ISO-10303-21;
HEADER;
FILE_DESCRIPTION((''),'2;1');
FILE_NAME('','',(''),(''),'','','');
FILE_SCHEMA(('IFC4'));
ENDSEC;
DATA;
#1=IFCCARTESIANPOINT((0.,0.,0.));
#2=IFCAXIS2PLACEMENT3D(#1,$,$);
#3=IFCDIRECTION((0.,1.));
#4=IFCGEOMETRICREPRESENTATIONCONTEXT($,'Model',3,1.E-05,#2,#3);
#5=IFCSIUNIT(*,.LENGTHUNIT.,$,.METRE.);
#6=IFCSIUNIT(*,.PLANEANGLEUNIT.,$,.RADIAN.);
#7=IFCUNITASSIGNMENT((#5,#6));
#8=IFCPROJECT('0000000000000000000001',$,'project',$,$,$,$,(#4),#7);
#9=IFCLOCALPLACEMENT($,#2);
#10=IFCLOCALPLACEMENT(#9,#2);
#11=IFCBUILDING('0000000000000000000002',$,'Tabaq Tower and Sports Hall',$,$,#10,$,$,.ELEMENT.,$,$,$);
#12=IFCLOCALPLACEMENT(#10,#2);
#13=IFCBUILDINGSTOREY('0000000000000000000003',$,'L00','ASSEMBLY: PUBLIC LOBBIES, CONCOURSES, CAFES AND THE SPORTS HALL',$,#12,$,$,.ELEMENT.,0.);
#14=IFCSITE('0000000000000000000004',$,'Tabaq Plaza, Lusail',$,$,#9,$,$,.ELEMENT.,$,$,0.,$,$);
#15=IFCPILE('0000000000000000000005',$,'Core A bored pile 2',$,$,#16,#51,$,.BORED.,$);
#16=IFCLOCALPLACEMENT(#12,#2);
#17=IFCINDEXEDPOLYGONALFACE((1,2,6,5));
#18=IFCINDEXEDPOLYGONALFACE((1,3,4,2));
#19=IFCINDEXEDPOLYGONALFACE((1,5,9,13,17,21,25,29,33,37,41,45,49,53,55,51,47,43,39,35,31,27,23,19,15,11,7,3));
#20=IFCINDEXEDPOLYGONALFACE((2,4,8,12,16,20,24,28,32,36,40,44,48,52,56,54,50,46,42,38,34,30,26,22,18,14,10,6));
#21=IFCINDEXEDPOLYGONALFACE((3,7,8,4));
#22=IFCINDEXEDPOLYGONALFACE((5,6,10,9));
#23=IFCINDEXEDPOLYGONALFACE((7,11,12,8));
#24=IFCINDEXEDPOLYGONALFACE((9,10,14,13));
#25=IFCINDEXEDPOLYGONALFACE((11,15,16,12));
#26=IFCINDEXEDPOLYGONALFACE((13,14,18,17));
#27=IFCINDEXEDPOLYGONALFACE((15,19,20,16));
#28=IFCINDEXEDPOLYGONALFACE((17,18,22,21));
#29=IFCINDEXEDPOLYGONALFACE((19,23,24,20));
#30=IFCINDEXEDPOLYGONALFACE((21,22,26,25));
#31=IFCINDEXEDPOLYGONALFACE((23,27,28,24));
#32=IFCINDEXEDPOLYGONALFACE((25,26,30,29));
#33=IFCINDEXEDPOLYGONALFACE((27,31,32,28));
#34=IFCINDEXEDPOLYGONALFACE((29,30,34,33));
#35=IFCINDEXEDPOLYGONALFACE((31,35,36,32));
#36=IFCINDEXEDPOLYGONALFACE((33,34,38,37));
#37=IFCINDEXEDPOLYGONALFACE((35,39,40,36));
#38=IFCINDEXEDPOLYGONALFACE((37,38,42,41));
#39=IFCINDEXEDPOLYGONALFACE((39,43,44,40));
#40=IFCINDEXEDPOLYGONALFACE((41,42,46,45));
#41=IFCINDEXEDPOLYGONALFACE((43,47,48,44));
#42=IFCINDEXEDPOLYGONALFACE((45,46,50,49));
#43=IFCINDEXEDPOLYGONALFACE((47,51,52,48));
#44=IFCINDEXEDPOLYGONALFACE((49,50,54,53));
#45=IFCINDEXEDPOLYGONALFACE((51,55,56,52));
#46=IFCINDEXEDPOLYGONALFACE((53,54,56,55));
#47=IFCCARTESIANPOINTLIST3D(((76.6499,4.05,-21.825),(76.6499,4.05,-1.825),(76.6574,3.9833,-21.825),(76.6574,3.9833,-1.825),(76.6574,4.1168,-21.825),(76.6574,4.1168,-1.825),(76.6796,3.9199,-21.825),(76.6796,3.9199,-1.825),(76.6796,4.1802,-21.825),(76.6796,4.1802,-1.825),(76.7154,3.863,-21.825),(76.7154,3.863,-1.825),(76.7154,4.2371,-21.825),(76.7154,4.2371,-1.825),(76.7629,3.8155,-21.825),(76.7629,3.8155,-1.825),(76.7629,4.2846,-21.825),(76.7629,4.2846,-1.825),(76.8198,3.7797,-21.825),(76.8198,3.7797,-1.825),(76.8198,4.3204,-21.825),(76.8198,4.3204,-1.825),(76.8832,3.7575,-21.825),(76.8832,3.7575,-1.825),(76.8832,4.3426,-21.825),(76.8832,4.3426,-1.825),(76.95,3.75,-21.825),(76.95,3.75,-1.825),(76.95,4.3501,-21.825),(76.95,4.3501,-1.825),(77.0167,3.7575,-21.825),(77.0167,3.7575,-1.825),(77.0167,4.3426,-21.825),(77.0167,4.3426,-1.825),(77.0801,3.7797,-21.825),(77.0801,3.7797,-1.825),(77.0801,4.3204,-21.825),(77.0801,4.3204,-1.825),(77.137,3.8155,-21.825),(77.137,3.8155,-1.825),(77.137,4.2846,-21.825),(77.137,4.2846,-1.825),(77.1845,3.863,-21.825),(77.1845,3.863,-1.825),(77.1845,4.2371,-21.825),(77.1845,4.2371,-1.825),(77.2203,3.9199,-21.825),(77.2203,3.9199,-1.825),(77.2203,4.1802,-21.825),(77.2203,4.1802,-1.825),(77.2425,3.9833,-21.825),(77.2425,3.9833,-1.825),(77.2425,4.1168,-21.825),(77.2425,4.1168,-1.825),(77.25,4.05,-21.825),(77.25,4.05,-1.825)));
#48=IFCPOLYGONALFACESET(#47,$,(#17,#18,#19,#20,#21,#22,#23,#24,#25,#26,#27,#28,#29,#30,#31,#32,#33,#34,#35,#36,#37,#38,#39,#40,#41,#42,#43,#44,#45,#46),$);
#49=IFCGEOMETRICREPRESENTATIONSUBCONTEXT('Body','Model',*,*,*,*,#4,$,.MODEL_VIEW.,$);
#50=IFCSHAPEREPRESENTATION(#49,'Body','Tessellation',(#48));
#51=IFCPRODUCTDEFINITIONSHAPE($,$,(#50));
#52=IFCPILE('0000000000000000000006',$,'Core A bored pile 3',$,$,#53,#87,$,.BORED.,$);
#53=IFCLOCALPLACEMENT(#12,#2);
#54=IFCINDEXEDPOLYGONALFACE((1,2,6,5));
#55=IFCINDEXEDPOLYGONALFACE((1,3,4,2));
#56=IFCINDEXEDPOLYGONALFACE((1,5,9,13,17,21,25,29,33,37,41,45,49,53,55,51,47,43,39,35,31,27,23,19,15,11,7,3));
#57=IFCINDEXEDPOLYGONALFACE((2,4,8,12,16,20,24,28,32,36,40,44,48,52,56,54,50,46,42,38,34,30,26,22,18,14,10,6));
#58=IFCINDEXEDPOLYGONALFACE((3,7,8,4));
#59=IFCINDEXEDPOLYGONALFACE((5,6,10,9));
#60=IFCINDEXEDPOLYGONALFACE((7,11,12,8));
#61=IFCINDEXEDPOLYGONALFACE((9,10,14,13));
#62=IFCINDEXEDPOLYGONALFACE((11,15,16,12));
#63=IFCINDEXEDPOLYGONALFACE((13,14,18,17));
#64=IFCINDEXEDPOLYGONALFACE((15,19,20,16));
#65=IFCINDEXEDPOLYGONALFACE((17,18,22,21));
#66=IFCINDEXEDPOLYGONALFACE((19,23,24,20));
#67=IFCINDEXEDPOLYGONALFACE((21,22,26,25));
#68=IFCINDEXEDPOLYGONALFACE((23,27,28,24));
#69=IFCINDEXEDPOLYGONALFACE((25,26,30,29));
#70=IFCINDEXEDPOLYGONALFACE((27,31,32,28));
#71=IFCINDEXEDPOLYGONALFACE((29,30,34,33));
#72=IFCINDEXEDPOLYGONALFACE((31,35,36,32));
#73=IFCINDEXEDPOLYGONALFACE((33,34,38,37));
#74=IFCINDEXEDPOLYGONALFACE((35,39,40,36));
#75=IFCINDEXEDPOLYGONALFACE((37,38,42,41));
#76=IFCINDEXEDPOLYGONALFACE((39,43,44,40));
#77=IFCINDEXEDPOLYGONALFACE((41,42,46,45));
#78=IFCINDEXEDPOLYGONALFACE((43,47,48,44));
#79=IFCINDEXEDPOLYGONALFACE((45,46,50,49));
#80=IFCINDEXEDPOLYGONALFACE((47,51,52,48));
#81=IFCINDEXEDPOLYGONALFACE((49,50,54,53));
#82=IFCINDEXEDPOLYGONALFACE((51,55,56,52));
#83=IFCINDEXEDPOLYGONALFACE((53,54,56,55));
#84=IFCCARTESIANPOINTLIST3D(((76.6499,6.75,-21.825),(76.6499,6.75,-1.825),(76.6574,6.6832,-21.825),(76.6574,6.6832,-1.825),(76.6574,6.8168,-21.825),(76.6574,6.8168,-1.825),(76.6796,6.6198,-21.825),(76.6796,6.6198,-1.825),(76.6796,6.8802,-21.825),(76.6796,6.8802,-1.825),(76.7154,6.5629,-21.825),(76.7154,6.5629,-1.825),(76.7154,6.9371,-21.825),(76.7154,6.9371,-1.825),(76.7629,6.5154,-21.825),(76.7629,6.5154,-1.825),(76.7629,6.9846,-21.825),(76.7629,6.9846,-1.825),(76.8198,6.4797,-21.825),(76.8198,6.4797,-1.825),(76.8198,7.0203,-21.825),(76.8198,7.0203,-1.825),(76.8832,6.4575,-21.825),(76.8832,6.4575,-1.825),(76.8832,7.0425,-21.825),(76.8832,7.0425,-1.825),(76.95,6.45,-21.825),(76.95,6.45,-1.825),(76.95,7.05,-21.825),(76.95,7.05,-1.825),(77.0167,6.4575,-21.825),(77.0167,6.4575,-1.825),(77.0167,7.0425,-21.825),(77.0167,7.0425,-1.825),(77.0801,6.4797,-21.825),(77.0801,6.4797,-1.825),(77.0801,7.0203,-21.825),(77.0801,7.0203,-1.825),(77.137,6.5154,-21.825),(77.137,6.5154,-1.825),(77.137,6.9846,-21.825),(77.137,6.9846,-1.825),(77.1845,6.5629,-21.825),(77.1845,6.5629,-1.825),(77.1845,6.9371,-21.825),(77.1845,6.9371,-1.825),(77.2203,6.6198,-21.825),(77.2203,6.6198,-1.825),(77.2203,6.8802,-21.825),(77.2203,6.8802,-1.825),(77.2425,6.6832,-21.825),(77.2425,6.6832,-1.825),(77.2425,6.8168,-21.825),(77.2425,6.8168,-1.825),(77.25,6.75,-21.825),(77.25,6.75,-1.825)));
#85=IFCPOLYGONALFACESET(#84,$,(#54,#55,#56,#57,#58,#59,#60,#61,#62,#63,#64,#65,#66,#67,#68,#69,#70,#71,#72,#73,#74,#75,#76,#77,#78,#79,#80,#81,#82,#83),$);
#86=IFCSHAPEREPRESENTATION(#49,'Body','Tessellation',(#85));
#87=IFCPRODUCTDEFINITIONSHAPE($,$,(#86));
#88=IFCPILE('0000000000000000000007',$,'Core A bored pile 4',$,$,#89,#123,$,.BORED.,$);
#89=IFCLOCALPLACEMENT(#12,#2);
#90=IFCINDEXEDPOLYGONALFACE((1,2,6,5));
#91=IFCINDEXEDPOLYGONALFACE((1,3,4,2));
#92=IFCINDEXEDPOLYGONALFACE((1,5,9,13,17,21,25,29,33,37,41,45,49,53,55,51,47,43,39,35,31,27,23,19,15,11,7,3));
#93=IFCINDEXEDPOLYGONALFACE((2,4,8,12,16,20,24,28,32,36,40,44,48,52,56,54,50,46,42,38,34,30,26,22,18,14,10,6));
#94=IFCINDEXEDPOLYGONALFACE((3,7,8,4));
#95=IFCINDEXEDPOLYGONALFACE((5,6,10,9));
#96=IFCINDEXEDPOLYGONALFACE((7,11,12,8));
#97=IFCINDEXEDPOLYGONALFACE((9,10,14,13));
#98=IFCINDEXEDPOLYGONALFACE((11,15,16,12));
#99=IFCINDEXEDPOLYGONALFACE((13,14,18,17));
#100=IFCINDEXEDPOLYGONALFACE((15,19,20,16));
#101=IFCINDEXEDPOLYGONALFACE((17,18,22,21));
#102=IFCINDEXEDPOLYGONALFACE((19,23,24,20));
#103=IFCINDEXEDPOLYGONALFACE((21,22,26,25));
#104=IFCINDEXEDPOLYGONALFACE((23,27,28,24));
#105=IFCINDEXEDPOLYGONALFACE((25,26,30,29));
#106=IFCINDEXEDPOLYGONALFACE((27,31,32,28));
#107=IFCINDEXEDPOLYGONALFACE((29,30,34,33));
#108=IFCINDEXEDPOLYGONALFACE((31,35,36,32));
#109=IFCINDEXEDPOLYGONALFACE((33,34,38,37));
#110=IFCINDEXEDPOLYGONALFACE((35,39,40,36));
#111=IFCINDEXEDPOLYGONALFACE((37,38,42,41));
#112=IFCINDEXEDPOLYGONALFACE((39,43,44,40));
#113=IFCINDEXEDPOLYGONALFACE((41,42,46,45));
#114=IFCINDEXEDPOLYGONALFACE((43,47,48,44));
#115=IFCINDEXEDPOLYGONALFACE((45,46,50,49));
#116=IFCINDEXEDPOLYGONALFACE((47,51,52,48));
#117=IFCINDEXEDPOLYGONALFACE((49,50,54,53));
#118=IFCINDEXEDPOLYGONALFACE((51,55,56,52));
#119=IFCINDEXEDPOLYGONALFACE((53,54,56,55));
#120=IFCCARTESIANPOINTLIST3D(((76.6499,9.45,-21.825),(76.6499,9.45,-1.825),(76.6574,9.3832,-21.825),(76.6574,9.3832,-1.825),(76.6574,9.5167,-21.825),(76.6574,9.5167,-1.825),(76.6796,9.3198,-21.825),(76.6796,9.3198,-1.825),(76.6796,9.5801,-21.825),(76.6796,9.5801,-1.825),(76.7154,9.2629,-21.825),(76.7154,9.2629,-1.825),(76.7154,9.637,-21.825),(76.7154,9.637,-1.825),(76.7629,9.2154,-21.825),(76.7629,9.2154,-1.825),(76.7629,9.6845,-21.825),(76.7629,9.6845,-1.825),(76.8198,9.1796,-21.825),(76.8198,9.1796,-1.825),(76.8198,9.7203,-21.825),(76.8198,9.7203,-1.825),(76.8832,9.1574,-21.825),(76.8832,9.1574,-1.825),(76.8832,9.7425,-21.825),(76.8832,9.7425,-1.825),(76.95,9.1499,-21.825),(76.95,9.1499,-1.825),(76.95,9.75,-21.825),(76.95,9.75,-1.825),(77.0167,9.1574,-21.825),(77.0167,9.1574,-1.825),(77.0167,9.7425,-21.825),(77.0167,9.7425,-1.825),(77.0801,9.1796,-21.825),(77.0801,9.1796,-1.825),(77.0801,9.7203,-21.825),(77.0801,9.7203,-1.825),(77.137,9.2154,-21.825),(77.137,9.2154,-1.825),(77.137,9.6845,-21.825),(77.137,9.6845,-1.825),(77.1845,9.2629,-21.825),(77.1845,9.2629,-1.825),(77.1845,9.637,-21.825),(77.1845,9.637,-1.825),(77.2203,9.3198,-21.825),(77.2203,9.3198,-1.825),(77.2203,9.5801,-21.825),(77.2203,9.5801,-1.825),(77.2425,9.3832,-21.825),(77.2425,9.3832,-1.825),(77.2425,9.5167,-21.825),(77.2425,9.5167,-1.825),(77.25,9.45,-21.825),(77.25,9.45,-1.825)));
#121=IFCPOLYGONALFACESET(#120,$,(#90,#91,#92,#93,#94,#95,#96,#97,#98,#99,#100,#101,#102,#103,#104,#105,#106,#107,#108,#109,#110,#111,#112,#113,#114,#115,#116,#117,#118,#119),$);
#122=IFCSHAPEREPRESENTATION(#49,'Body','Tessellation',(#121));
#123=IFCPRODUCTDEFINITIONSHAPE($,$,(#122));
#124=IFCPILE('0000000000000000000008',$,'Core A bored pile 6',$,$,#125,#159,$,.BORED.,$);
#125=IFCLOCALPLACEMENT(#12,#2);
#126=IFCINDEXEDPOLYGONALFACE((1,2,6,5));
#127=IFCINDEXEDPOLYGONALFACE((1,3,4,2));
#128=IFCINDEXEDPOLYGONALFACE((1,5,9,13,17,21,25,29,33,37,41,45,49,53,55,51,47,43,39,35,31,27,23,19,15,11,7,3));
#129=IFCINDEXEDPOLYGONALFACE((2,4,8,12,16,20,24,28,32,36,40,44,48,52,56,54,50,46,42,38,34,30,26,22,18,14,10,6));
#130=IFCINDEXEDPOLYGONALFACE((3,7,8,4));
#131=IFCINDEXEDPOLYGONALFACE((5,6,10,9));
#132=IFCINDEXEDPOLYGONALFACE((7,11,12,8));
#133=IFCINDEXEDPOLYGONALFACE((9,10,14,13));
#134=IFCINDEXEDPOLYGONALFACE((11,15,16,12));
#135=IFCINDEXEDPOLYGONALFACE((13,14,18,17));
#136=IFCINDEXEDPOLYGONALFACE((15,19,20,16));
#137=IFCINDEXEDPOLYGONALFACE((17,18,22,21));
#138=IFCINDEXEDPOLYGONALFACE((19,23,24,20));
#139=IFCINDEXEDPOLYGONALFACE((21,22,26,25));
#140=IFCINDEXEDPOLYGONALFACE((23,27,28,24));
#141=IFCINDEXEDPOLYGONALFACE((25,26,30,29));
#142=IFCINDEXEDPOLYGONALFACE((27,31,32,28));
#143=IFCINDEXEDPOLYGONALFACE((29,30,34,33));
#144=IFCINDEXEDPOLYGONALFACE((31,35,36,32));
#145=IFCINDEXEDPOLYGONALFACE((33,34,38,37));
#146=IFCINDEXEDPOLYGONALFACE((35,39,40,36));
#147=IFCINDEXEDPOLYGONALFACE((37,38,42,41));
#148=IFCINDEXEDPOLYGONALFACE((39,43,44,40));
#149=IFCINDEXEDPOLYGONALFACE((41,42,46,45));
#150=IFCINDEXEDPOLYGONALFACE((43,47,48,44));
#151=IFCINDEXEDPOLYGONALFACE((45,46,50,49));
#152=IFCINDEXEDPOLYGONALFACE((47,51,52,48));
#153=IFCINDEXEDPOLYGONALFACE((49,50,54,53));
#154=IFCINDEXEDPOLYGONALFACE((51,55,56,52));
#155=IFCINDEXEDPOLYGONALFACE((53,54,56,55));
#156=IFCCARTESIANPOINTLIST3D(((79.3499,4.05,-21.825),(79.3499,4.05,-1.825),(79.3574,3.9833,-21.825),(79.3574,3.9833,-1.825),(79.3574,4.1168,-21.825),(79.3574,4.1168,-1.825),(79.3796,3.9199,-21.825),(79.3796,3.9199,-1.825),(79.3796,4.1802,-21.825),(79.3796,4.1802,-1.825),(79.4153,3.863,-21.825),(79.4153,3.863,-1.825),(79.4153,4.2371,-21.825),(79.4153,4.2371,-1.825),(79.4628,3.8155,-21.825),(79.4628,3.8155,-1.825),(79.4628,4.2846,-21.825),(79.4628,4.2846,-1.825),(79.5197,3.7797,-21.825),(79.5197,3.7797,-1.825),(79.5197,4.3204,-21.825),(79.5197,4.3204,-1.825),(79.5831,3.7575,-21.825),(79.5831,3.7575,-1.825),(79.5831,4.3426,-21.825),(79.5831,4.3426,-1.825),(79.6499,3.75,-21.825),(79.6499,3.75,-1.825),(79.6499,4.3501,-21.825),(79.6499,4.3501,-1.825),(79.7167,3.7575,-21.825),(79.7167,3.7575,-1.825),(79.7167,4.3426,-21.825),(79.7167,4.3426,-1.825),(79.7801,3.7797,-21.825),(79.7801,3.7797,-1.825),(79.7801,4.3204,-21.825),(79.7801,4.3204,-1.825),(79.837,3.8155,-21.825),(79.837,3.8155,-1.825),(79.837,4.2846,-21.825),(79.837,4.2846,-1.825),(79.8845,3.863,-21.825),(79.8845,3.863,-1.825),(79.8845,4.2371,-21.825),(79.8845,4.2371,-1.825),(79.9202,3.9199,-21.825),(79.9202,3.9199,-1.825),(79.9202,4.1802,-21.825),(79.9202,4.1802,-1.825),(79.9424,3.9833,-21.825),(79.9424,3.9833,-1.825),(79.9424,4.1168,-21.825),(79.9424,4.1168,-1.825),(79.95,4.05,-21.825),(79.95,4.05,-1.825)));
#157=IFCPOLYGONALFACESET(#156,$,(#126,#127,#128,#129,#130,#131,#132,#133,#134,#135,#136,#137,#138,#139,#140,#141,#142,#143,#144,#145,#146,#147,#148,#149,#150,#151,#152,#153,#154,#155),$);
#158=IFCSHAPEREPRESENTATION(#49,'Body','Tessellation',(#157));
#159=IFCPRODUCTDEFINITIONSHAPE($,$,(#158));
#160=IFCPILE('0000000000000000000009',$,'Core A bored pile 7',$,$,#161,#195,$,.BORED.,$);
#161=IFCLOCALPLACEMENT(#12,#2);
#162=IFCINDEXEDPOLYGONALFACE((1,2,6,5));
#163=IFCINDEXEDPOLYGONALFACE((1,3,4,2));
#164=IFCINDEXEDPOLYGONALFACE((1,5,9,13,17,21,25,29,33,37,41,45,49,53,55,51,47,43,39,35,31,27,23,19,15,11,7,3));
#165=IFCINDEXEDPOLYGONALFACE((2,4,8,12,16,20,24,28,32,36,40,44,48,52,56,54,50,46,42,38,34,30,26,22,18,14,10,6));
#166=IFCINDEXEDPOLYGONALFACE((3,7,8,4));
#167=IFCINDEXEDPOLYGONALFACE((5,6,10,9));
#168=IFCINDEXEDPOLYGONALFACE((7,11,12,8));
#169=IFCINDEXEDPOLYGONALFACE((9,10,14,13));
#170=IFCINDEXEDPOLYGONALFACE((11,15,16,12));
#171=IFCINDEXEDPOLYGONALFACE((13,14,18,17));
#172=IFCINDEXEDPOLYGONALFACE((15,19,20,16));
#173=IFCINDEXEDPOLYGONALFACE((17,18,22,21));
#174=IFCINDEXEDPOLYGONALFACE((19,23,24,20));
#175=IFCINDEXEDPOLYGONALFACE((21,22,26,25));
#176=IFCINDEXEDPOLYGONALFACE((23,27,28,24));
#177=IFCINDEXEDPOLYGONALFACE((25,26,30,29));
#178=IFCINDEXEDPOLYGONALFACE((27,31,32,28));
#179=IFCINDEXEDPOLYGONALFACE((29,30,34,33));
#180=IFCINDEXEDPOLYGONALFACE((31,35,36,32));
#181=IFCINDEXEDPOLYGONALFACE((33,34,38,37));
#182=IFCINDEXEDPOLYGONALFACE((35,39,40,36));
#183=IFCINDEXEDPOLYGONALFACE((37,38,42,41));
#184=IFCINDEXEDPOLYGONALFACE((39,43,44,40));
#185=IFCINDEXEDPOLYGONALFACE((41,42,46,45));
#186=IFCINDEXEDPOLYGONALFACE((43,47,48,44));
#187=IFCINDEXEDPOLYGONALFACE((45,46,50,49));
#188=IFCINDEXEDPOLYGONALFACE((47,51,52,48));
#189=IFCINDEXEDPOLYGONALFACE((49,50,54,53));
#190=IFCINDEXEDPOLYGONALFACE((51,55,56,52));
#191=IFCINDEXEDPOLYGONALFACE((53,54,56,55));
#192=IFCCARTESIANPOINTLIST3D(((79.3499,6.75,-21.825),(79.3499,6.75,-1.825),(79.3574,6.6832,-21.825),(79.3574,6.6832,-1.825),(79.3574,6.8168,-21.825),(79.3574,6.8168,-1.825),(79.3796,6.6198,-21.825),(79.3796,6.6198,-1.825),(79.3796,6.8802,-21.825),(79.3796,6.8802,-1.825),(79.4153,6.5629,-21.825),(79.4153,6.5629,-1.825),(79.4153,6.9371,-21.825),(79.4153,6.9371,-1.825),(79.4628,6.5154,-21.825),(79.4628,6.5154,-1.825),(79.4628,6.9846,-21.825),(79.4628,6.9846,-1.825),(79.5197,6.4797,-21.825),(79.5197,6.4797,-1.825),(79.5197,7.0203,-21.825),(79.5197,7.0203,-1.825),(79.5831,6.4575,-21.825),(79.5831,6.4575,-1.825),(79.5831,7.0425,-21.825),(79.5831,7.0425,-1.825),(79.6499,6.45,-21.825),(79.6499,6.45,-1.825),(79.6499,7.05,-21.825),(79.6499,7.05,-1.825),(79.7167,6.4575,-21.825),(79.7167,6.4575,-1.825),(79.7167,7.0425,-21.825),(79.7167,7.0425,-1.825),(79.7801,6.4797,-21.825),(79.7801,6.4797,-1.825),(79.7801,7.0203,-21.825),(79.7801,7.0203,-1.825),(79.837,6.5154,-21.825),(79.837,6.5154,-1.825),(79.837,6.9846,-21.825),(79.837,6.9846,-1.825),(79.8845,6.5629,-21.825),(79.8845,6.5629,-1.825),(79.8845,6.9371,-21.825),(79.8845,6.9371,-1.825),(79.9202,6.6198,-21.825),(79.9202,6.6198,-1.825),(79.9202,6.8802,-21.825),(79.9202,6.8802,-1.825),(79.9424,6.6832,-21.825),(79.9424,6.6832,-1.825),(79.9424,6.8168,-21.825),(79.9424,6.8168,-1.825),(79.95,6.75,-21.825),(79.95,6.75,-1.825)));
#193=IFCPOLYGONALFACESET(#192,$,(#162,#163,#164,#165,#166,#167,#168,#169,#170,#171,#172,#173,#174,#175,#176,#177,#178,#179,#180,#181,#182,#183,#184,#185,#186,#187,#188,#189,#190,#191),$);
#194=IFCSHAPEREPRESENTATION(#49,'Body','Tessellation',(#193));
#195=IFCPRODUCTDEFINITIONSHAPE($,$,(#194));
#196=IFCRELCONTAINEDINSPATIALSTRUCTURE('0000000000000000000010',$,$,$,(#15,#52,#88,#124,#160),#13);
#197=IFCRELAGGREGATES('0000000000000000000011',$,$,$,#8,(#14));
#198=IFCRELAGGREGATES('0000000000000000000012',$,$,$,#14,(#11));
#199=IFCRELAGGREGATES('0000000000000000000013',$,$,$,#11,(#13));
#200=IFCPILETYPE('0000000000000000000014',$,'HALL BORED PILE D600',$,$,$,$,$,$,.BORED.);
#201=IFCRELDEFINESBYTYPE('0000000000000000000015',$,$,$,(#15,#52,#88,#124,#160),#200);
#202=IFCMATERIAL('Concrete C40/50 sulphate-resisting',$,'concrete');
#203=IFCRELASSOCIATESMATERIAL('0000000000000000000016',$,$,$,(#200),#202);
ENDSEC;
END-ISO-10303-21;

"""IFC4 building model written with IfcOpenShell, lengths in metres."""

from ifc_helpers import new_model, si_unit, direction, frame, origin, origin_2d, place, context, subcontext, project, spatial, circle, extrude, material, material_profile, profile_set, type_object, element, save


model = new_model("IFC4")

# Units and contexts
model_context = context("Model", 3, precision=1e-05, world=origin(), true_north=direction((0.0, 1.0)))
body_context = subcontext(model_context, "Body", "Model", "MODEL_VIEW")
ifc_project = project(units=[si_unit("LENGTHUNIT", "METRE"), si_unit("PLANEANGLEUNIT", "RADIAN")], contexts=[model_context])

# Site, building, storey
site_placement = place(None, origin())
site = spatial("IfcSite", under=ifc_project, at=site_placement, Name="Tabaq Plaza, Lusail", CompositionType="ELEMENT", RefElevation=0.0)
building_placement = place(site_placement, origin())
building = spatial("IfcBuilding", under=site, at=building_placement, Name="Tabaq Tower and Sports Hall", CompositionType="ELEMENT")
storey_placement = place(building_placement, origin())
storey = spatial("IfcBuildingStorey", under=building, at=storey_placement, Name="L00", Description="ASSEMBLY: PUBLIC LOBBIES, CONCOURSES, CAFES AND THE SPORTS HALL", CompositionType="ELEMENT", Elevation=0.0)

# Piles
ifc_material_1 = material(Name="Concrete C40/50 sulphate-resisting", Category="concrete")
ifc_material_profile_1 = material_profile(ifc_material_1, circle(Radius=0.3, at=origin_2d()), Name="D600")
ifc_profile_set_1 = profile_set([ifc_material_profile_1], Name="Concrete C40/50 sulphate-resisting")
pile_type = type_object("IfcPileType", Name="HALL BORED PILE D600", PredefinedType="BORED", material=ifc_profile_set_1)
for number, where, z_axis, x_axis, name in (
    (1, (76.95, 4.05, -1.825), (0.0, 0.0, -1.0), (1.0, 0.0, 0.0), "Core A bored pile 2"),
    (2, (76.95, 6.75, -1.825), (0.0, 0.0, -1.0), (1.0, 0.0, 0.0), "Core A bored pile 3"),
    (3, (76.95, 9.45, -1.825), (0.0, 0.0, -1.0), (1.0, 0.0, 0.0), "Core A bored pile 4"),
    (4, (79.6499, 4.05, -1.825), (0.0, 0.0, -1.0), (1.0, 0.0, 0.0), "Core A bored pile 6"),
    (5, (79.6499, 6.75, -1.825), (0.0, 0.0, -1.0), (1.0, 0.0, 0.0), "Core A bored pile 7"),
):
    element("IfcPile", number, at=place(storey_placement, frame(where, z_axis=z_axis, x_axis=x_axis)), inside=storey, type_object=pile_type, Name=name, PredefinedType="BORED", context=body_context, shape_type="SweptSolid", body=[
        extrude(circle(Radius=0.3, at=origin_2d()), origin(), (0.0, 0.0, 1.0), 20.0),
    ])

save(model, "model.ifc")
